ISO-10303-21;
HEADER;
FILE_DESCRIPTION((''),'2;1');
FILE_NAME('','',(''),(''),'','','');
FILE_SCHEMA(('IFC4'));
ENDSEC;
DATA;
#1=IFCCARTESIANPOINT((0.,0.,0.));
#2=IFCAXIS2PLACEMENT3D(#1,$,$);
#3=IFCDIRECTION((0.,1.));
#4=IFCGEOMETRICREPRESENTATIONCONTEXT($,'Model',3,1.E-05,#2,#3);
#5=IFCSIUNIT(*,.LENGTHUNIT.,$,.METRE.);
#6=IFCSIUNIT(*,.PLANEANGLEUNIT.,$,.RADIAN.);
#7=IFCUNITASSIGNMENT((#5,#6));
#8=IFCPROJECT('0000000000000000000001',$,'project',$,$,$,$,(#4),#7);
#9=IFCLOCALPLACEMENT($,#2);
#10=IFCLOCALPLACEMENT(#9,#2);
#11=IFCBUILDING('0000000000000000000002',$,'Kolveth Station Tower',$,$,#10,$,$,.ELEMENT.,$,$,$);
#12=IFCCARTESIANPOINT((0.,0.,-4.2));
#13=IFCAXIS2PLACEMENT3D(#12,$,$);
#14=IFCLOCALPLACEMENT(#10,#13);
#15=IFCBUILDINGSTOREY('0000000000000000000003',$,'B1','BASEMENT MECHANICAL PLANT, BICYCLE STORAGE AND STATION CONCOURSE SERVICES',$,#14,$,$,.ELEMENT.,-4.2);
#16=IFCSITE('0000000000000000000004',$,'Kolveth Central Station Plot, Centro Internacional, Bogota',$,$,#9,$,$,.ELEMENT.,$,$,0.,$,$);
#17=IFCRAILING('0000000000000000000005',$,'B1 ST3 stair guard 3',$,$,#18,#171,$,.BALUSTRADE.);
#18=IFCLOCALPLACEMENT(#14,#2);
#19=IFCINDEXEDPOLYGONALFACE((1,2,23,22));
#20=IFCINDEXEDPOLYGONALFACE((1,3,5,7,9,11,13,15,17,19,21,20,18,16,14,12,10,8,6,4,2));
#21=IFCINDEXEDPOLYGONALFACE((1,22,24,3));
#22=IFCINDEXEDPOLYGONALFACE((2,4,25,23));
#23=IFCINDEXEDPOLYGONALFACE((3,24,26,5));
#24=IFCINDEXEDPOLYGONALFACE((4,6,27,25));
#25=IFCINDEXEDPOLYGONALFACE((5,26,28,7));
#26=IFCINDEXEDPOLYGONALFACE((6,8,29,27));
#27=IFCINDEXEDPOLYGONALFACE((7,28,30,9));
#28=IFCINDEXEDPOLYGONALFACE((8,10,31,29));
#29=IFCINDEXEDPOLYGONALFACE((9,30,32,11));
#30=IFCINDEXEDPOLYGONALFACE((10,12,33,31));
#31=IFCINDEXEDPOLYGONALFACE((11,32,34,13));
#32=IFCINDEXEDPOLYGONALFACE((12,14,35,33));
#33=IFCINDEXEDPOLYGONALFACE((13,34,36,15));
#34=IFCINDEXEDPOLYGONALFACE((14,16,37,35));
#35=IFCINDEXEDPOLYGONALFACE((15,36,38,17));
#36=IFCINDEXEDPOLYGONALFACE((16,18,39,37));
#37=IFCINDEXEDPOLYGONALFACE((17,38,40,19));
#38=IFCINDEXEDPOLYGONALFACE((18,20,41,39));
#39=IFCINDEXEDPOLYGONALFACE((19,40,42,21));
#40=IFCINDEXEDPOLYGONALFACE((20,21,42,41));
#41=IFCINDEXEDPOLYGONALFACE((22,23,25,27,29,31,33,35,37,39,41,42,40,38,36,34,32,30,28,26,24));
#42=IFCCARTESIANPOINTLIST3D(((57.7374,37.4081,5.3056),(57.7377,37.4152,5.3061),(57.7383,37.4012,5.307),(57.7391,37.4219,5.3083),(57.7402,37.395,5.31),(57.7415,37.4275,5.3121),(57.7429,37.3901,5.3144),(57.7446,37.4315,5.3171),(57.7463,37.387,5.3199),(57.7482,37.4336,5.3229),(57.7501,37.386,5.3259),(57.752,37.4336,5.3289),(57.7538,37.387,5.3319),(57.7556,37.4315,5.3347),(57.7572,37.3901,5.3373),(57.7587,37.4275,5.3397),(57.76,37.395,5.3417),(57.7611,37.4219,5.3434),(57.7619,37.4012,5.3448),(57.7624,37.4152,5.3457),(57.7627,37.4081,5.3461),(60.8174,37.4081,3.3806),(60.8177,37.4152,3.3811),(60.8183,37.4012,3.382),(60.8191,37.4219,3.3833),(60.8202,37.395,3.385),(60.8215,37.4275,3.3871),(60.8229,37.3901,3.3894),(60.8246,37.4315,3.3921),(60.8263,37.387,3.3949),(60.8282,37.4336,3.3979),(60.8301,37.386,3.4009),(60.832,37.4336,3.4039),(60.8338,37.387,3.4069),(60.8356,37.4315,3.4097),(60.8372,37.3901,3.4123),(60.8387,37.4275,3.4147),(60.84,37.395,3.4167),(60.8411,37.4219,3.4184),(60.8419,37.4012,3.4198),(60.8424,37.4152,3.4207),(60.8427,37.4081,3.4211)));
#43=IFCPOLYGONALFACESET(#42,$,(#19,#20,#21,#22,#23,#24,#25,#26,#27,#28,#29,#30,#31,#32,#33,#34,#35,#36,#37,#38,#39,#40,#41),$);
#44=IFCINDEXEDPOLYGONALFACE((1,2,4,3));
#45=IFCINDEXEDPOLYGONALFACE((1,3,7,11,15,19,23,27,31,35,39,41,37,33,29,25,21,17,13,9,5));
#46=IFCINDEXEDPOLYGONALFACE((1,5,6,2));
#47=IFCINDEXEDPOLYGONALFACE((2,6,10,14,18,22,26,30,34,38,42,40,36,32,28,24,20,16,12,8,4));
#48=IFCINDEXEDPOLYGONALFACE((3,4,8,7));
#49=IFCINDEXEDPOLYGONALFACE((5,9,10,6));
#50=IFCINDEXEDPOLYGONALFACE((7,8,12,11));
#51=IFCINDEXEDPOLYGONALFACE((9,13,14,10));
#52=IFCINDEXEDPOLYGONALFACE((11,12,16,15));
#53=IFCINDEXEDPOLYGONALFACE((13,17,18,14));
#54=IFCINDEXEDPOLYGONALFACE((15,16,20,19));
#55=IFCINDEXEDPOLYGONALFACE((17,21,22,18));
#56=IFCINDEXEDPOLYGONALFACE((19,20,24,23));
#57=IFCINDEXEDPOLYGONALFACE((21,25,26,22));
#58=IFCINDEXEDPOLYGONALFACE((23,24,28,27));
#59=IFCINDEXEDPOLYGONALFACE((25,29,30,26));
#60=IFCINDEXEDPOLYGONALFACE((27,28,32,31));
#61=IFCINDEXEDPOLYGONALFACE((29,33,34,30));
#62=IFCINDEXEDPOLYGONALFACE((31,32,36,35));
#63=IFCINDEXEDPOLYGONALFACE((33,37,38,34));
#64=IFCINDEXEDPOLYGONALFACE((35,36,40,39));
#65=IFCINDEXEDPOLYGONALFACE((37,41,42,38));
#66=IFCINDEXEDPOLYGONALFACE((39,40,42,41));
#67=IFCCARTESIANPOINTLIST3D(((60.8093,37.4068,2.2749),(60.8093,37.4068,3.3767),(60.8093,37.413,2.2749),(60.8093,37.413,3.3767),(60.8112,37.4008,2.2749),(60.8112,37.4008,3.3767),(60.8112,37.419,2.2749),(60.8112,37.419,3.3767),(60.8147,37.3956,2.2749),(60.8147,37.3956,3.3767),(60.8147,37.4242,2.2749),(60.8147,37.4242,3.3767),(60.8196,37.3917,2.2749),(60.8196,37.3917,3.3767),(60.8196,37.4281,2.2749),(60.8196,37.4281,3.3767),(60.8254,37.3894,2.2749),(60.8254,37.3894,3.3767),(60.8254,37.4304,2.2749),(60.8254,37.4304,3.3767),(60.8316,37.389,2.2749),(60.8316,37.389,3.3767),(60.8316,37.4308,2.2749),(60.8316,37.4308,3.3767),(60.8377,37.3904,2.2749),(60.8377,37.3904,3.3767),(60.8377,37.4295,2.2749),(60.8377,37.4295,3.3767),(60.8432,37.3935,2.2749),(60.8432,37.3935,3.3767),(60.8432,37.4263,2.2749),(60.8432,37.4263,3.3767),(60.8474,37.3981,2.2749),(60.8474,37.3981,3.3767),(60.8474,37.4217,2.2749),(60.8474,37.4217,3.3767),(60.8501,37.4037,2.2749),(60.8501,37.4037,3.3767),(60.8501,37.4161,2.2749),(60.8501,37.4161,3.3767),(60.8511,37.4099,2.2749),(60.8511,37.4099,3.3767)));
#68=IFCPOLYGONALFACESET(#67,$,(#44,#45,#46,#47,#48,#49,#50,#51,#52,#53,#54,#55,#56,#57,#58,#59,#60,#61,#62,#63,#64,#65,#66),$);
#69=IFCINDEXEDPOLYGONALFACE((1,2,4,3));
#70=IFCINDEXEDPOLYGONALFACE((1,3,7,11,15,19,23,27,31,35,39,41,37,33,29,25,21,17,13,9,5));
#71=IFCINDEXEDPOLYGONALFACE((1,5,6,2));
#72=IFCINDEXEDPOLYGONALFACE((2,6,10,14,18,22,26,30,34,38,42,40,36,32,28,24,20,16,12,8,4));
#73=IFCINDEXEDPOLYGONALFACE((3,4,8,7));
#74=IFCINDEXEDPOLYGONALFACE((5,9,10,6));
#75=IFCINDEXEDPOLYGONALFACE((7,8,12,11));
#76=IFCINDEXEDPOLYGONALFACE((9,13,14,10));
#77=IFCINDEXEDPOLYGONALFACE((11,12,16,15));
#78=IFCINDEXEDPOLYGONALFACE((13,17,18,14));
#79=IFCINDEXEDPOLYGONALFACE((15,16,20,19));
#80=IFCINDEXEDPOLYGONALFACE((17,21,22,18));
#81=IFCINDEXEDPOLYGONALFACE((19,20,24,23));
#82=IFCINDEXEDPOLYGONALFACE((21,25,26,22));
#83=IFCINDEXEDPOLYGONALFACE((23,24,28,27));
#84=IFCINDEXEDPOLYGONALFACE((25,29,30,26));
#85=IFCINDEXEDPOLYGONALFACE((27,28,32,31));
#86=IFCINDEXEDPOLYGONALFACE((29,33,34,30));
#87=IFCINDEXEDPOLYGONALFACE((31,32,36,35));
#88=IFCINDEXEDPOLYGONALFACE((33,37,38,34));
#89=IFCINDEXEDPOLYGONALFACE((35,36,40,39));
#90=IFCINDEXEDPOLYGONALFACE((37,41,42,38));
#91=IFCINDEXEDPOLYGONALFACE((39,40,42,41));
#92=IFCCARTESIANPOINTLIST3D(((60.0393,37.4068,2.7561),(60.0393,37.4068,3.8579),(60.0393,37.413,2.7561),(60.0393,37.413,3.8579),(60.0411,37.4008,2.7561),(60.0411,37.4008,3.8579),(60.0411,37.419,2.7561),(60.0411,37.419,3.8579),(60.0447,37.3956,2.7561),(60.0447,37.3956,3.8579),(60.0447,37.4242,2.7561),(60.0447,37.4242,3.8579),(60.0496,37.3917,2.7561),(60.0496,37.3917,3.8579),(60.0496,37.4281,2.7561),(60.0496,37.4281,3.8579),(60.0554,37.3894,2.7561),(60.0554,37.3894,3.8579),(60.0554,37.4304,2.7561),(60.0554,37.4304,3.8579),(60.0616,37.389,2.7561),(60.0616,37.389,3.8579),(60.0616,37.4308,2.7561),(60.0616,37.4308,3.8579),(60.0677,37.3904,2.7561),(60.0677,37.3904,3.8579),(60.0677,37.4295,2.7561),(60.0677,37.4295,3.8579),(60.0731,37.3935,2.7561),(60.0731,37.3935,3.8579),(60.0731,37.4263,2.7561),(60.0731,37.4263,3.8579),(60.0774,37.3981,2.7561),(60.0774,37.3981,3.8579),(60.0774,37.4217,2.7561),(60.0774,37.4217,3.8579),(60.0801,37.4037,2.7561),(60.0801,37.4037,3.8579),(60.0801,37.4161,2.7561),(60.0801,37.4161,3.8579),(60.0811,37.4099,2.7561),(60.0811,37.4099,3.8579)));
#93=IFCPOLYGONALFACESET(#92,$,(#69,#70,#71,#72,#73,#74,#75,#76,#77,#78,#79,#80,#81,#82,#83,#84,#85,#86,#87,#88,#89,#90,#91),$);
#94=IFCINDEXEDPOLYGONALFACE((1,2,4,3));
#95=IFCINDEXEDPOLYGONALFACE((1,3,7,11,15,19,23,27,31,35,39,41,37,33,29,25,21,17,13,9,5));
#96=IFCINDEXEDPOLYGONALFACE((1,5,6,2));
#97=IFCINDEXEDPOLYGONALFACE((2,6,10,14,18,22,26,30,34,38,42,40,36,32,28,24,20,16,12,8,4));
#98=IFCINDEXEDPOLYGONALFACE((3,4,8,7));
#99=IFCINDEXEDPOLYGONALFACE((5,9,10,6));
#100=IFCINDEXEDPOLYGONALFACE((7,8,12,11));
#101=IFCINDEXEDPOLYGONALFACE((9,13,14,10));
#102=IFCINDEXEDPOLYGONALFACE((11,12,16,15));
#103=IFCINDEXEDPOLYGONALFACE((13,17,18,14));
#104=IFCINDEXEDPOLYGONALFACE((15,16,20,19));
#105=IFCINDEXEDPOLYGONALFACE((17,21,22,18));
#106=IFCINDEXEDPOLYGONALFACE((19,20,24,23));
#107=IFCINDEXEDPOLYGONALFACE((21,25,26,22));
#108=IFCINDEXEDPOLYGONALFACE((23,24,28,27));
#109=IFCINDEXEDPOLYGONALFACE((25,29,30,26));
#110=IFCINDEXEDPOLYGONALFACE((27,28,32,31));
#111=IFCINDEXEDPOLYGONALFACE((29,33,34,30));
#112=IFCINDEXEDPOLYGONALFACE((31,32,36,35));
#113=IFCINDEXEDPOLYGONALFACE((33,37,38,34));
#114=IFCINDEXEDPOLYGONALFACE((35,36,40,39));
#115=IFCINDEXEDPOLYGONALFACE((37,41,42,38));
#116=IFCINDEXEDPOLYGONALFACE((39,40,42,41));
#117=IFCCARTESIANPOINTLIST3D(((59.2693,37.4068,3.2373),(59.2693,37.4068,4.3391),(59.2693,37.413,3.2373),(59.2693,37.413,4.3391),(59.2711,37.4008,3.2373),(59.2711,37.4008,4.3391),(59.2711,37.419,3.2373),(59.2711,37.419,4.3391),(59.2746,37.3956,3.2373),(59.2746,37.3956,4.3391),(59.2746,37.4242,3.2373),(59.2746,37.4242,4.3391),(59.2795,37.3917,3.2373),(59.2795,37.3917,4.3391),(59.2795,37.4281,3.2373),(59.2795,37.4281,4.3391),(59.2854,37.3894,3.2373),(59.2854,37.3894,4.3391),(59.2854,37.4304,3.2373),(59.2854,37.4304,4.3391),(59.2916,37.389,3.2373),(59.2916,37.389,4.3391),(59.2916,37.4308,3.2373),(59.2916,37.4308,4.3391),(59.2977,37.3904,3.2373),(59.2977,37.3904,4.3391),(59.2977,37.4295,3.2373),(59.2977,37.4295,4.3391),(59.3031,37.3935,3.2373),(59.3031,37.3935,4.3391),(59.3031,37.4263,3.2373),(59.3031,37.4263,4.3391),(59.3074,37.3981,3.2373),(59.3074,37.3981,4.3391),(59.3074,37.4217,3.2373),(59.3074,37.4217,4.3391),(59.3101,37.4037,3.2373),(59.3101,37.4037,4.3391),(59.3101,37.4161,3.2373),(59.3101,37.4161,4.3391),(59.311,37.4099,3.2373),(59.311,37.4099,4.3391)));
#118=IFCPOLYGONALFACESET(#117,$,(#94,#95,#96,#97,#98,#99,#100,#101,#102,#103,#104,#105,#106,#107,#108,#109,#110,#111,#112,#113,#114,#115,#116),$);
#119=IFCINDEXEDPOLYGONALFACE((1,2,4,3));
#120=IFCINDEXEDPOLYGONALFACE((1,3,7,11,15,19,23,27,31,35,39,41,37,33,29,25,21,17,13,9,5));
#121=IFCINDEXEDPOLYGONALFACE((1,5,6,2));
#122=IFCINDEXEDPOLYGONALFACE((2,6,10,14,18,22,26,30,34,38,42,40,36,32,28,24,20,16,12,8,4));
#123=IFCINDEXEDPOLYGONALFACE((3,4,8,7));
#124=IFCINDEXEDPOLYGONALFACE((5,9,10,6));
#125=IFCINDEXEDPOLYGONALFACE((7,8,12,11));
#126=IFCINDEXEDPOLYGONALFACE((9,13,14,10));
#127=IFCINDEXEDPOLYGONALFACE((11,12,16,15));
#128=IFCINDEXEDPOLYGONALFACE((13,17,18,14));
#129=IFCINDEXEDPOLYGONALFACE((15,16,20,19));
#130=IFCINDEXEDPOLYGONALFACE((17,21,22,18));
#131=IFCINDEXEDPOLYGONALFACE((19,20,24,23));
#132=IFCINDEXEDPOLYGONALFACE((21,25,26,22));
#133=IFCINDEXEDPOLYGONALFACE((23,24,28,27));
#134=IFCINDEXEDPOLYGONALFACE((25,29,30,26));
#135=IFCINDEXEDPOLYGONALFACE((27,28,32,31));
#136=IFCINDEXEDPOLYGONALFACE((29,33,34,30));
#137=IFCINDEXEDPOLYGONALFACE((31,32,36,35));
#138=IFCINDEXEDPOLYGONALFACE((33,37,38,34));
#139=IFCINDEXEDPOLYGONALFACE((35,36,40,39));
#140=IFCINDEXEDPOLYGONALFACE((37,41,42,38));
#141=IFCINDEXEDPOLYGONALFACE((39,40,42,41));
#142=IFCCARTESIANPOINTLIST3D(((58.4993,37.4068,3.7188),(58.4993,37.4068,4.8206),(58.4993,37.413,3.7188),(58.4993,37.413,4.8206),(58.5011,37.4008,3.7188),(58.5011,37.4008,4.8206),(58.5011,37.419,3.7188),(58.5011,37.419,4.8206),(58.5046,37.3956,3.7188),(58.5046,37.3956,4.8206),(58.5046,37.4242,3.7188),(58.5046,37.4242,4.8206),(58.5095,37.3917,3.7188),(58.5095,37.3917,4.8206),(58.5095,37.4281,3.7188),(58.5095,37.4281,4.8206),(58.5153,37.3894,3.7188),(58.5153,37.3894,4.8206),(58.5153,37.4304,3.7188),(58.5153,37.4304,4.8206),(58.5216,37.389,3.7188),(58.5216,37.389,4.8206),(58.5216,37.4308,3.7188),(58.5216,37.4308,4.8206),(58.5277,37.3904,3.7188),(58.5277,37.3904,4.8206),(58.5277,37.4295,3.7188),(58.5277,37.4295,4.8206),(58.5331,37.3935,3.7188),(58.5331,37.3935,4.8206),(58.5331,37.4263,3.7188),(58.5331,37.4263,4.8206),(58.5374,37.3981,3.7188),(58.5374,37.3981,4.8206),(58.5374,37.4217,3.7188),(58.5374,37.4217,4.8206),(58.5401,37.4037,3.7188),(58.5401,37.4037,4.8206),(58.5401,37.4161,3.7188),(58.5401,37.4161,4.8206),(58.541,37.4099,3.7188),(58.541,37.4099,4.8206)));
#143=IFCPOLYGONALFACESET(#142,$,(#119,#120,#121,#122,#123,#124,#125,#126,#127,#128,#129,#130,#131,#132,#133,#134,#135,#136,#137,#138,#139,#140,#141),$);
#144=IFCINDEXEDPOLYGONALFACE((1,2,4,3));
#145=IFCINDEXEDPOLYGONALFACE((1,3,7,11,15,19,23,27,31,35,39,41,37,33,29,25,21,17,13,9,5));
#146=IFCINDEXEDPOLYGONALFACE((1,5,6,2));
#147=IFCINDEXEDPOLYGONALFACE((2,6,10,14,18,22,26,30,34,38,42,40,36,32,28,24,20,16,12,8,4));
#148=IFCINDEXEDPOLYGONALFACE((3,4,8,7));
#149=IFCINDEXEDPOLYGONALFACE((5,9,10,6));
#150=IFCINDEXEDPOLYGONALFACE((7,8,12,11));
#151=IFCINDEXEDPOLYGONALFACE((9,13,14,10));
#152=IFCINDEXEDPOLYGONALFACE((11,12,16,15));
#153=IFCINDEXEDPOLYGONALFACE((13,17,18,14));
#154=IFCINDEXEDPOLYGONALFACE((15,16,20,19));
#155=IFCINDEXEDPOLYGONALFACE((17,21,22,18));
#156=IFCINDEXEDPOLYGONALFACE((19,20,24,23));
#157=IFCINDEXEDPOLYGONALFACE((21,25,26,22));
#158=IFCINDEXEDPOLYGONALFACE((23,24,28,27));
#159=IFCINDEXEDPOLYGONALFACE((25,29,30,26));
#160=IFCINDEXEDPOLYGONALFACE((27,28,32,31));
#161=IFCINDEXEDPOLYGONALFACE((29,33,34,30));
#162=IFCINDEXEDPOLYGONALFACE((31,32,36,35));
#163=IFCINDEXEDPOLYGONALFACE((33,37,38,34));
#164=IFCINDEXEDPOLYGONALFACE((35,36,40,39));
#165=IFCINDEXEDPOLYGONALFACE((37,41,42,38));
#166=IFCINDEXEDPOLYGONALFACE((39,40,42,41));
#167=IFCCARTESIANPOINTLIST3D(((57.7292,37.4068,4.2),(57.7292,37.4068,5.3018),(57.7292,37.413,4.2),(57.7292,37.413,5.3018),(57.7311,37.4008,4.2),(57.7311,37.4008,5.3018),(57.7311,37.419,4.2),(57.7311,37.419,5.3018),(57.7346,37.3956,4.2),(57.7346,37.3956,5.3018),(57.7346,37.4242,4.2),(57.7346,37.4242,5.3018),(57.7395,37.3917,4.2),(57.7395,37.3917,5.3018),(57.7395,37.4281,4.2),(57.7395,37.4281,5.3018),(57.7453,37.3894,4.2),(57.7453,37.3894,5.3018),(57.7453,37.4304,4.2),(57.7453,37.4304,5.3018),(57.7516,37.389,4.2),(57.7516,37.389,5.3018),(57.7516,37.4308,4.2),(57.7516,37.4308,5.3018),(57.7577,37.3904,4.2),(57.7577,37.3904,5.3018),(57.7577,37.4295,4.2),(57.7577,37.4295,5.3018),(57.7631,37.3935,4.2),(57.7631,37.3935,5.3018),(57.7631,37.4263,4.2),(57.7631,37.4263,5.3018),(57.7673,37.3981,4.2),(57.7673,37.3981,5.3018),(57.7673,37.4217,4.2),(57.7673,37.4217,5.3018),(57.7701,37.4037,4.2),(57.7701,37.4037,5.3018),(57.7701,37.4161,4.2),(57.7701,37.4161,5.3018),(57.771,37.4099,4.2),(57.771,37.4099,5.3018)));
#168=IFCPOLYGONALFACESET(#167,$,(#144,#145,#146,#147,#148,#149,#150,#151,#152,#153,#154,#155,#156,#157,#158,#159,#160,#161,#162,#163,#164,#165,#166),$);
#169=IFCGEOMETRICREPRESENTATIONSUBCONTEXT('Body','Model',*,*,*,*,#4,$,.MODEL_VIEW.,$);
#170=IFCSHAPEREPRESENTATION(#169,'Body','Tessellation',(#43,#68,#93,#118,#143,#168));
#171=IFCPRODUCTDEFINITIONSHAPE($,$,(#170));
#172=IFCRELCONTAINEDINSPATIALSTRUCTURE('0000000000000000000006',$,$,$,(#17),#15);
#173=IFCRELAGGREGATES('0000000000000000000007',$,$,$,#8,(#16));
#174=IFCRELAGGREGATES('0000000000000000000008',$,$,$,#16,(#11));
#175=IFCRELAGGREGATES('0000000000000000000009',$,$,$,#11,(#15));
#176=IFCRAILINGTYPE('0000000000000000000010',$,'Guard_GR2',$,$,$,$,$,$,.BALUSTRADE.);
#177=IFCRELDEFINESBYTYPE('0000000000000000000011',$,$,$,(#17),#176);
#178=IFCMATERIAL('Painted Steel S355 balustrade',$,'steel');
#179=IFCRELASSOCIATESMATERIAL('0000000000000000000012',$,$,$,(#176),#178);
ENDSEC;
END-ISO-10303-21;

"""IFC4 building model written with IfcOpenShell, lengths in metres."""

from ifc_helpers import new_model, si_unit, direction, frame, origin, origin_2d, place, context, subcontext, project, spatial, circle, extrude, material, type_object, element, save


model = new_model("IFC4")

# Units and contexts
model_context = context("Model", 3, precision=1e-05, world=origin(), true_north=direction((0.0, 1.0)))
body_context = subcontext(model_context, "Body", "Model", "MODEL_VIEW")
ifc_project = project(units=[si_unit("LENGTHUNIT", "METRE"), si_unit("PLANEANGLEUNIT", "RADIAN")], contexts=[model_context])

# Site, building, storey
site_placement = place(None, origin())
site = spatial("IfcSite", under=ifc_project, at=site_placement, Name="Kolveth Central Station Plot, Centro Internacional, Bogota", CompositionType="ELEMENT", RefElevation=0.0)
building_placement = place(site_placement, origin())
building = spatial("IfcBuilding", under=site, at=building_placement, Name="Kolveth Station Tower", CompositionType="ELEMENT")
storey_placement = place(building_placement, frame((0.0, 0.0, -4.2)))
storey = spatial("IfcBuildingStorey", under=building, at=storey_placement, Name="B1", Description="BASEMENT MECHANICAL PLANT, BICYCLE STORAGE AND STATION CONCOURSE SERVICES", CompositionType="ELEMENT", Elevation=-4.2)

# Railing
ifc_material_1 = material(Name="Painted Steel S355 balustrade", Category="steel")
railing_type_1 = type_object("IfcRailingType", Name="Guard_GR2", PredefinedType="BALUSTRADE", material=ifc_material_1)
railing_1_placement = place(storey_placement, frame((60.8301, 37.4099, 2.2749)))
element("IfcRailing", 1, at=railing_1_placement, inside=storey, type_object=railing_type_1, Name="B1 ST3 stair guard 3", PredefinedType="BALUSTRADE", context=body_context, shape_type="SweptSolid", body=[
    extrude(circle(Radius=0.0239, at=origin_2d()), frame((0.0, 0.0, 1.126), z_axis=(-0.847998, 0.0, 0.529999), x_axis=(0.0, -1.0, 0.0)), (0.0, 0.0, 1.0), 3.6321),
    extrude(circle(Radius=0.021, at=origin_2d()), origin(), (0.0, 0.0, 1.0), 1.1018),
    extrude(circle(Radius=0.021, at=origin_2d()), frame((-0.77, 0.0, 0.4812)), (0.0, 0.0, 1.0), 1.1018),
    extrude(circle(Radius=0.021, at=origin_2d()), frame((-1.54, 0.0, 0.9624)), (0.0, 0.0, 1.0), 1.1018),
    extrude(circle(Radius=0.021, at=origin_2d()), frame((-2.3101, 0.0, 1.4438)), (0.0, 0.0, 1.0), 1.1018),
    extrude(circle(Radius=0.021, at=origin_2d()), frame((-3.0801, 0.0, 1.925)), (0.0, 0.0, 1.0), 1.1018),
])

save(model, "model.ifc")
